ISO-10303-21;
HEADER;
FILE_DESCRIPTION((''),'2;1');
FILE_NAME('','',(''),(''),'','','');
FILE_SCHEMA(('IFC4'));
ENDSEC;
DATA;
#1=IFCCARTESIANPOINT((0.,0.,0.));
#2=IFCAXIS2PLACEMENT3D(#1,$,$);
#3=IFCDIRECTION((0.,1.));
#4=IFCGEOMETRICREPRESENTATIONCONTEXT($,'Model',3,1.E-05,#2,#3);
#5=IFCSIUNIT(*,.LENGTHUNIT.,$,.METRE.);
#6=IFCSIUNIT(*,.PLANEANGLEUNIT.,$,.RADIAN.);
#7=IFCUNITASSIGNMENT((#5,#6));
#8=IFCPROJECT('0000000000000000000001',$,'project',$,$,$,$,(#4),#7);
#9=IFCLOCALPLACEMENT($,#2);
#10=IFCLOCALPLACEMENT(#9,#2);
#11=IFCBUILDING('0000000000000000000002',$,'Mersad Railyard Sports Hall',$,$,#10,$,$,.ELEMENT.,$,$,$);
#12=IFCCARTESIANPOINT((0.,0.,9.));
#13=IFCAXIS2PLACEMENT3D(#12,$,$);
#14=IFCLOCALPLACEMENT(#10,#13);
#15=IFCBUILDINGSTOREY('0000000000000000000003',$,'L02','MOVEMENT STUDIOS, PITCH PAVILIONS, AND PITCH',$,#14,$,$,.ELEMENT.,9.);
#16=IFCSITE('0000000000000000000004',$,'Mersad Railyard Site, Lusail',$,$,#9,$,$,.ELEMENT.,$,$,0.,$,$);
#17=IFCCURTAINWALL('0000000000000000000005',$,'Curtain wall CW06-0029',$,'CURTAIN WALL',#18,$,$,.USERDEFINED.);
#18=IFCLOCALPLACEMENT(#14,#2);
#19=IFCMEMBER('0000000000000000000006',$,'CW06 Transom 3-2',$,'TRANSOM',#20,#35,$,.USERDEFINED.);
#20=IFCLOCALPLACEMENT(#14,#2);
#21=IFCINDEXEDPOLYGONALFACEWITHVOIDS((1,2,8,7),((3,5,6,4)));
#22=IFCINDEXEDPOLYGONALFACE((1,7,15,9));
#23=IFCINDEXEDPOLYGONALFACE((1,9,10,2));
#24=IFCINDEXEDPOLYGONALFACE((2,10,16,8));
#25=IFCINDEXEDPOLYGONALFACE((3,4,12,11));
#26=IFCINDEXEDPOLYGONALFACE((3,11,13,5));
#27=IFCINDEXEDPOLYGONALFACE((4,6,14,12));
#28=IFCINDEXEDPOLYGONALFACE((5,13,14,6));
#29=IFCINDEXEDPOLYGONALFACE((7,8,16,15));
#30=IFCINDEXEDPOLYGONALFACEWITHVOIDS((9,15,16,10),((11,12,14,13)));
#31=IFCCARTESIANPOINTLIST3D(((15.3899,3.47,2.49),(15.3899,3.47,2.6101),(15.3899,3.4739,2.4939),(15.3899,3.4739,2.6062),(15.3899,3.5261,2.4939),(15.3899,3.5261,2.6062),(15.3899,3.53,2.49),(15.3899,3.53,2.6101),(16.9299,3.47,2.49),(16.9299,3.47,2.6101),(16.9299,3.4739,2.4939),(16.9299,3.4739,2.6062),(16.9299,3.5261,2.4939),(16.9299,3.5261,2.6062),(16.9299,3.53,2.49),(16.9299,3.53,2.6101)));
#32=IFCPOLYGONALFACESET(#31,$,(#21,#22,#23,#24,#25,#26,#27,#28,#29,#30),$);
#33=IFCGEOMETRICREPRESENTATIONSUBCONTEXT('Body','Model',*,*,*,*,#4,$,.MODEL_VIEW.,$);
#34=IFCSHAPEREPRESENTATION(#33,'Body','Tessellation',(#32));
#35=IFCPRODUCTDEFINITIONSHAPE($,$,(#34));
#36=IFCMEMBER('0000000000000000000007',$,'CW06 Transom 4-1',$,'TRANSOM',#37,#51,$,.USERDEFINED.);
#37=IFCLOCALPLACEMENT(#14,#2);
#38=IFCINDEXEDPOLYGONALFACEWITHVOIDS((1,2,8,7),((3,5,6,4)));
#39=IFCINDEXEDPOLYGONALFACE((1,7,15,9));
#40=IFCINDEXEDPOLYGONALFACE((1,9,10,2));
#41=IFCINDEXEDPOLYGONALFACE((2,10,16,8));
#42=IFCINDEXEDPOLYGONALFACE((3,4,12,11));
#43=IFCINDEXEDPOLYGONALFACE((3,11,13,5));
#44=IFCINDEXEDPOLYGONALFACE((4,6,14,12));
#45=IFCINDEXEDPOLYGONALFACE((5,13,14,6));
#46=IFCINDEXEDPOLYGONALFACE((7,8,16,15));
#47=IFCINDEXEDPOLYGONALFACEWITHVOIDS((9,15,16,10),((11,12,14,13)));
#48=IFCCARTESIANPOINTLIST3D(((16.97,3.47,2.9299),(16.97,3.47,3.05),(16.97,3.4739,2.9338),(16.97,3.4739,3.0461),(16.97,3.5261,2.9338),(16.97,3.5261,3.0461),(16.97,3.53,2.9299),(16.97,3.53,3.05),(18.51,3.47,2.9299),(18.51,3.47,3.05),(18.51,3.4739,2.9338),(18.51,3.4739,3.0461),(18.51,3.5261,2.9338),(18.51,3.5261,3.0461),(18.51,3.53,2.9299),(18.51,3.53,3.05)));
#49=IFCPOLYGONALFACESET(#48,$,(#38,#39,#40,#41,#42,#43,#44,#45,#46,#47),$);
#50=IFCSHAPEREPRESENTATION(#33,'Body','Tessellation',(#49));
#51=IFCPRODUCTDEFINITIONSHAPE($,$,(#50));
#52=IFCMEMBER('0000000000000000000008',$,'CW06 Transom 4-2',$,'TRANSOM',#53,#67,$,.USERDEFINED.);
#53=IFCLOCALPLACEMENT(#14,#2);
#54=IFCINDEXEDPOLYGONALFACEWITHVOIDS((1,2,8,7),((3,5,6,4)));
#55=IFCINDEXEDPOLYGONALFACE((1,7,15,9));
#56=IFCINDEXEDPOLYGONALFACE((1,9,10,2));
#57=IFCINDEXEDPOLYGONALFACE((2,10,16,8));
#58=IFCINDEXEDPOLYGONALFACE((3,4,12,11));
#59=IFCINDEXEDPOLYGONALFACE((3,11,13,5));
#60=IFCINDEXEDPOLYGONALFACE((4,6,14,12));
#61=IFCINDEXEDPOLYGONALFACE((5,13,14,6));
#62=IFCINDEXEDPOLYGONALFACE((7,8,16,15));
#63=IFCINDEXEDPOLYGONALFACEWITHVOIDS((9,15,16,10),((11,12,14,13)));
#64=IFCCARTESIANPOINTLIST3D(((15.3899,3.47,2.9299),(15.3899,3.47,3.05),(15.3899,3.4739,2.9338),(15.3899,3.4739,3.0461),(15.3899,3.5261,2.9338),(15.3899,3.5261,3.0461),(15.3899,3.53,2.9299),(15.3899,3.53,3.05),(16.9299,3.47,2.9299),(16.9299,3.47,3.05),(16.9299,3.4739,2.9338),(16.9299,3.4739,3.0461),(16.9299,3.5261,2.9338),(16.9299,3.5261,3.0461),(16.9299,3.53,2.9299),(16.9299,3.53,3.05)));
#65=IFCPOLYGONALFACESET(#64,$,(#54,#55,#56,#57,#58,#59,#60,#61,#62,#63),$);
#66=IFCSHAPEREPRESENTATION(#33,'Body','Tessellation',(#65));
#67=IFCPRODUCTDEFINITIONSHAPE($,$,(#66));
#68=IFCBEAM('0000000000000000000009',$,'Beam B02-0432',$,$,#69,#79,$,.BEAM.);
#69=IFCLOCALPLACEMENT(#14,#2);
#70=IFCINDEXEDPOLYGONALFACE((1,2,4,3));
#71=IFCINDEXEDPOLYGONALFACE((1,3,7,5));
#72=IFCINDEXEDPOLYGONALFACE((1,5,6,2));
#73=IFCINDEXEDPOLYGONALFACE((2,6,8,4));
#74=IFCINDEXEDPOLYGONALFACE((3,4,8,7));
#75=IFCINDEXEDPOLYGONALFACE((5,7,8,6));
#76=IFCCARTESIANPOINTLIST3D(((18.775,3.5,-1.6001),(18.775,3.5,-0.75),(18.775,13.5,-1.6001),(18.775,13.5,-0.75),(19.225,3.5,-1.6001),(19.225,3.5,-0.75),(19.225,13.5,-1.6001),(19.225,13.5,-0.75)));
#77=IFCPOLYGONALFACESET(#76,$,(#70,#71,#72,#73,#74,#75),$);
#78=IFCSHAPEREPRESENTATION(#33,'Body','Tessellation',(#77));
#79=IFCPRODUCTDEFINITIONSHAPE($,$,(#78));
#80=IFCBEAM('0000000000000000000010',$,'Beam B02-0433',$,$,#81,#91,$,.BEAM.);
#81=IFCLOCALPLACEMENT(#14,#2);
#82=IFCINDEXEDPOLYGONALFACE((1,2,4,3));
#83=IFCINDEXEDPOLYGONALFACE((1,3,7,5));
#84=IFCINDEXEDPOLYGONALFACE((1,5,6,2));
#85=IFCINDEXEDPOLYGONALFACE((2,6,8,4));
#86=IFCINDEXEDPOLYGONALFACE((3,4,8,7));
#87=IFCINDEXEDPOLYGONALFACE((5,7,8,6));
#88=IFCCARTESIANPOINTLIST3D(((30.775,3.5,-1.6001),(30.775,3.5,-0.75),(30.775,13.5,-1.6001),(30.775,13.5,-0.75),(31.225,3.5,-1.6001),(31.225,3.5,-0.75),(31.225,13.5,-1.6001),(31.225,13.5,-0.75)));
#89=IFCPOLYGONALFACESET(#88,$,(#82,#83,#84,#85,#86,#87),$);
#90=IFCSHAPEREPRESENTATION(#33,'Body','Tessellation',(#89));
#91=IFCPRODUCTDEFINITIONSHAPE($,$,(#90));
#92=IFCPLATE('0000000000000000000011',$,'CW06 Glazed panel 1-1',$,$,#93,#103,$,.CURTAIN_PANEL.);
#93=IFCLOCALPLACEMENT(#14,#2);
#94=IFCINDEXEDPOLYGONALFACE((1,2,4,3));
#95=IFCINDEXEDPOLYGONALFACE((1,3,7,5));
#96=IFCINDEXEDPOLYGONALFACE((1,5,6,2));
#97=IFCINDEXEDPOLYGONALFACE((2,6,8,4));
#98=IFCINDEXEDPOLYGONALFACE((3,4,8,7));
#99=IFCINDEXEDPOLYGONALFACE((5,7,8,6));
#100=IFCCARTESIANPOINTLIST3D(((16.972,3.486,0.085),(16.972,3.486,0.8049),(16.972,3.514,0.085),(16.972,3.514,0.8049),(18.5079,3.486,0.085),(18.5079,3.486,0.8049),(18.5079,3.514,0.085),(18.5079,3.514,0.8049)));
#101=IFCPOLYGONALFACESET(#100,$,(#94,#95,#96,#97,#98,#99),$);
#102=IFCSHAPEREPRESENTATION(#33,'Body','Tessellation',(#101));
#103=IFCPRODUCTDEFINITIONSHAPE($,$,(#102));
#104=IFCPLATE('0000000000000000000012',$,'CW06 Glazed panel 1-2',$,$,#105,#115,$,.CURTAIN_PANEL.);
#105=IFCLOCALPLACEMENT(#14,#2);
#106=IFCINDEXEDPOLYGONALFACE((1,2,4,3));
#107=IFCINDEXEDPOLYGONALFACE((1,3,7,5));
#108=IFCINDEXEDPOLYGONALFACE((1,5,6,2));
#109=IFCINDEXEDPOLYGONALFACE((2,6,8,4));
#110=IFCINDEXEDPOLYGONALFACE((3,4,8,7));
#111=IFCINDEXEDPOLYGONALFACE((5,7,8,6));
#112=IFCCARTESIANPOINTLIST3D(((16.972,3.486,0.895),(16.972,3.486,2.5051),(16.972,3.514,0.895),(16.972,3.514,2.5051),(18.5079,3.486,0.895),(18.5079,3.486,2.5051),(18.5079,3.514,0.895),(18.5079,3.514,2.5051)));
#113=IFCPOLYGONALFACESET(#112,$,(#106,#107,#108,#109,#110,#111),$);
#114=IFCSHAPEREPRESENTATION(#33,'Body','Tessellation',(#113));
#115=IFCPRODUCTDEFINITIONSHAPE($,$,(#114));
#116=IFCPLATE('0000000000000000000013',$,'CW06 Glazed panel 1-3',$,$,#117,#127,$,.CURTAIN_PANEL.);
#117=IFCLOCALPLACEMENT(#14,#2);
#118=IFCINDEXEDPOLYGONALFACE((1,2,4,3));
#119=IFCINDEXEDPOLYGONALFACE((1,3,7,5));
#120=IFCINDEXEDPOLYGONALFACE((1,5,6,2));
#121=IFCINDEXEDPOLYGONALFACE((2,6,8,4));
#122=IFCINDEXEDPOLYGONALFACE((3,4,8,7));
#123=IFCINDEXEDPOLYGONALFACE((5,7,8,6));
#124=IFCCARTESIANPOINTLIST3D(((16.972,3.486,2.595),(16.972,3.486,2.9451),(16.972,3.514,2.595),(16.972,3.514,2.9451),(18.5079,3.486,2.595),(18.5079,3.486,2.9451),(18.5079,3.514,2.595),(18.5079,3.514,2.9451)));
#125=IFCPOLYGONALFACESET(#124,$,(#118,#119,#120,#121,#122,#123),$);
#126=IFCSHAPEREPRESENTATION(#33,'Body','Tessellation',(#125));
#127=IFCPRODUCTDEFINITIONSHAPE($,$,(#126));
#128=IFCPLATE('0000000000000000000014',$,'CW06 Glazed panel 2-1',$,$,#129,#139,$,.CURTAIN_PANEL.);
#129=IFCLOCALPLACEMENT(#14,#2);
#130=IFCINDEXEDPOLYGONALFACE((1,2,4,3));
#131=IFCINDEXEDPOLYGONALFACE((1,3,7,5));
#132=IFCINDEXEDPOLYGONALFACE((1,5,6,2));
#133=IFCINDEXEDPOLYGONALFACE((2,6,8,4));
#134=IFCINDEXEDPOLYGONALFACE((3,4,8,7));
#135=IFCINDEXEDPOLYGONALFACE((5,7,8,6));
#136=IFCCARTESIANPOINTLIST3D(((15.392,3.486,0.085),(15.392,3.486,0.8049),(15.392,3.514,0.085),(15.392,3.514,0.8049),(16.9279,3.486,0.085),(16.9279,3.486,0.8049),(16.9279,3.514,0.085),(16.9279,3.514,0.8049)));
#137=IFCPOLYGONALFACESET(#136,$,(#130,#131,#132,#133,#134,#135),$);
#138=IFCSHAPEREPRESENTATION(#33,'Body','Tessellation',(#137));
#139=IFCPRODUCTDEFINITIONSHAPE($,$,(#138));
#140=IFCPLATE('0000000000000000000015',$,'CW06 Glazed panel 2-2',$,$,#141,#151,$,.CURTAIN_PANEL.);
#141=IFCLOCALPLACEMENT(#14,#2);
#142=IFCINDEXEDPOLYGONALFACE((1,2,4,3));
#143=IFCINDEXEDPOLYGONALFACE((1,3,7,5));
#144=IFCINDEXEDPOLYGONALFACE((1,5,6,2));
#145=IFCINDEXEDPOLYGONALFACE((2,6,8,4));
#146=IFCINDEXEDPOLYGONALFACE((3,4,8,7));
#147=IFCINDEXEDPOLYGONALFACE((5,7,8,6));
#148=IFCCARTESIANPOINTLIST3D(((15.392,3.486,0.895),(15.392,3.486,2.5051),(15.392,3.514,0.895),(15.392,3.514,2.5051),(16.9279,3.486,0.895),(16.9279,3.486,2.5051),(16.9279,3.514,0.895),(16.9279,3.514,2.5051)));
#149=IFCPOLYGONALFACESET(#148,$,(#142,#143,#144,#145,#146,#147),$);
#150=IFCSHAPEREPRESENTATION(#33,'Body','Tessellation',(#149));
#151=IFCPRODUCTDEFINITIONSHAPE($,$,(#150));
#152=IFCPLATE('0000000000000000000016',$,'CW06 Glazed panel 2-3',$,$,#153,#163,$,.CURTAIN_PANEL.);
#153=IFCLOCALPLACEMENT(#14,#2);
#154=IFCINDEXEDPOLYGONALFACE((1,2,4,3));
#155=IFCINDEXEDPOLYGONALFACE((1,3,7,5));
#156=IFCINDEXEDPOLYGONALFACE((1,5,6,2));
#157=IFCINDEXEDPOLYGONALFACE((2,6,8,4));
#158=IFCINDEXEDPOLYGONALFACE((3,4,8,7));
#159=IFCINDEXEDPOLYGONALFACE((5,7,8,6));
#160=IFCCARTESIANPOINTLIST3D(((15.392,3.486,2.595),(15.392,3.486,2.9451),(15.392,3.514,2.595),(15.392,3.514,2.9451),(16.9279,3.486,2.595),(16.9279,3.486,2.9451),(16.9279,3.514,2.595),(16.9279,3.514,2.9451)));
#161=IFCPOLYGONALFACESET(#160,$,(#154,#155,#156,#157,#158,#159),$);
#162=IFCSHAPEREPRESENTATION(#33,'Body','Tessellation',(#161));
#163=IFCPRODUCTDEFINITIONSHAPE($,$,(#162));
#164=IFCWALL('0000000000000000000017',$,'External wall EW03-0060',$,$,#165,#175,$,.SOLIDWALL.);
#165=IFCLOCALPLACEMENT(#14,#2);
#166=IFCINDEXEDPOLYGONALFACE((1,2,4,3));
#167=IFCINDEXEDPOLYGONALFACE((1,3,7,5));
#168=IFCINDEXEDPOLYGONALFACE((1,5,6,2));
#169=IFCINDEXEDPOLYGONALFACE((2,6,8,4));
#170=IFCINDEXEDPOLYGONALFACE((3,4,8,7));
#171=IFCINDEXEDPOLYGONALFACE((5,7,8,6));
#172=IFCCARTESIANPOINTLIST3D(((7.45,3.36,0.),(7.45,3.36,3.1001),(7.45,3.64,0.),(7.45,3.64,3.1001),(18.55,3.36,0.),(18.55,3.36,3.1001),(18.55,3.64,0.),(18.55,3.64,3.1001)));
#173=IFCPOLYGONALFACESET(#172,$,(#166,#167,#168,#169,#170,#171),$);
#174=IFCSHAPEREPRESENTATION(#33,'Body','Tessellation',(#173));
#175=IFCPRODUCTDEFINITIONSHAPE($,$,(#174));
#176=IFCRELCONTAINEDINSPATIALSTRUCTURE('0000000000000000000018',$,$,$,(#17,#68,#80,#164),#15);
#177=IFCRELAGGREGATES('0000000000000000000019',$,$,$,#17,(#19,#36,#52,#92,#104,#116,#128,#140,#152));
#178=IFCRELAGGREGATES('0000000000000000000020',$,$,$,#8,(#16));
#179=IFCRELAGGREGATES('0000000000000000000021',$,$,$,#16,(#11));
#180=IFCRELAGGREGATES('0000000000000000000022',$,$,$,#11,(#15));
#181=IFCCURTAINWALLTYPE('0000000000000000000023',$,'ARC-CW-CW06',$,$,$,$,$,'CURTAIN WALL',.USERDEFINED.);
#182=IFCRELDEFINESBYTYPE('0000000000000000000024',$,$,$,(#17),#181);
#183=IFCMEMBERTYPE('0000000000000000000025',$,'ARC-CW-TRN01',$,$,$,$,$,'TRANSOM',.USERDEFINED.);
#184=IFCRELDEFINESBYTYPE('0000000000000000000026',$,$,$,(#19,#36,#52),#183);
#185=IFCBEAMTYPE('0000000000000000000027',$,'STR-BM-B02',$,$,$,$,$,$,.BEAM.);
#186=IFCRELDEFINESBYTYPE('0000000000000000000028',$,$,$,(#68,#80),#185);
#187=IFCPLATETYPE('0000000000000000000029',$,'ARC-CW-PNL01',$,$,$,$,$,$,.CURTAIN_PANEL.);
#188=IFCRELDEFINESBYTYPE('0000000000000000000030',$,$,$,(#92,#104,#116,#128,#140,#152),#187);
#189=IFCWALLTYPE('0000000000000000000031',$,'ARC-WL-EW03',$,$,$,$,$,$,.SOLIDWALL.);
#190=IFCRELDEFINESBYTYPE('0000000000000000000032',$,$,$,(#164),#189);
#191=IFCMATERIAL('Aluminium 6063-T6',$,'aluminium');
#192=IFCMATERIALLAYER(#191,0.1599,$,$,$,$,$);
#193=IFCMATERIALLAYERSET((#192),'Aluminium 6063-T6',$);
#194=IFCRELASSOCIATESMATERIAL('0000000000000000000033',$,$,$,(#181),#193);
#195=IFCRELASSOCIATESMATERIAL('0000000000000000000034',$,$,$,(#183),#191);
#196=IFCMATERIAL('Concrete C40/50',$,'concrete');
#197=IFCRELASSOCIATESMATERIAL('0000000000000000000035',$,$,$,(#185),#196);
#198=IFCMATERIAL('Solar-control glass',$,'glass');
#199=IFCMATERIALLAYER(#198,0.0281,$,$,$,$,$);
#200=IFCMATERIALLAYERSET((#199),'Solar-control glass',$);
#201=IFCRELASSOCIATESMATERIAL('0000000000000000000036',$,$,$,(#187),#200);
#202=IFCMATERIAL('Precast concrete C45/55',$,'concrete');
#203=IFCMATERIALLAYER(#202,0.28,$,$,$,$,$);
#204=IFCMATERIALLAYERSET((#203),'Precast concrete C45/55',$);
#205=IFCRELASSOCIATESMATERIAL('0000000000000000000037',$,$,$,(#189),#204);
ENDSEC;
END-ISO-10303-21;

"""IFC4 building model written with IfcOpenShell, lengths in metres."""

from ifc_helpers import new_model, si_unit, direction, frame, frame_2d, origin, origin_2d, place, context, subcontext, project, spatial, rectangle, hollow_rectangle, extrude, material, layer, layer_set, material_profile, profile_set, type_object, element, aggregate, save


model = new_model("IFC4")

# Units and contexts
model_context = context("Model", 3, precision=1e-05, world=origin(), true_north=direction((0.0, 1.0)))
body_context = subcontext(model_context, "Body", "Model", "MODEL_VIEW")
ifc_project = project(units=[si_unit("LENGTHUNIT", "METRE"), si_unit("PLANEANGLEUNIT", "RADIAN")], contexts=[model_context])

# Site, building, storey
site_placement = place(None, origin())
site = spatial("IfcSite", under=ifc_project, at=site_placement, Name="Mersad Railyard Site, Lusail", CompositionType="ELEMENT", RefElevation=0.0)
building_placement = place(site_placement, origin())
building = spatial("IfcBuilding", under=site, at=building_placement, Name="Mersad Railyard Sports Hall", CompositionType="ELEMENT")
storey_placement = place(building_placement, frame((0.0, 0.0, 9.0)))
storey = spatial("IfcBuildingStorey", under=building, at=storey_placement, Name="L02", Description="MOVEMENT STUDIOS, PITCH PAVILIONS, AND PITCH", CompositionType="ELEMENT", Elevation=9.0)

# Curtain wall, members
ifc_material_1 = material(Name="Aluminium 6063-T6", Category="aluminium")
ifc_layer_1 = layer(ifc_material_1, 0.1599)
ifc_layer_set_1 = layer_set([ifc_layer_1], Name="Aluminium 6063-T6")
curtain_wall_type = type_object("IfcCurtainWallType", Name="ARC-CW-CW06", ElementType="CURTAIN WALL", PredefinedType="USERDEFINED", material=ifc_layer_set_1)
curtain_wall_placement = place(storey_placement, origin())
curtain_wall = element("IfcCurtainWall", 1, at=curtain_wall_placement, inside=storey, type_object=curtain_wall_type, Name="Curtain wall CW06-0029", ObjectType="CURTAIN WALL", PredefinedType="USERDEFINED")
ifc_material_profile_1 = material_profile(ifc_material_1, hollow_rectangle(XDim=0.0601, YDim=0.1201, WallThickness=0.0039, at=origin_2d()), Name="AL TRANSOM 60x120x4")
ifc_profile_set_1 = profile_set([ifc_material_profile_1], Name="Aluminium 6063-T6")
member_type_1 = type_object("IfcMemberType", Name="ARC-CW-TRN01", ElementType="TRANSOM", PredefinedType="USERDEFINED", material=ifc_profile_set_1)
member_1_placement = place(storey_placement, frame((16.9299, 3.5, 2.55), z_axis=(-1.0, 0.0, 0.0), x_axis=(0.0, -1.0, 0.0)))
member_1 = element("IfcMember", 2, at=member_1_placement, type_object=member_type_1, Name="CW06 Transom 3-2", ObjectType="TRANSOM", PredefinedType="USERDEFINED", context=body_context, shape_type="SweptSolid", body=[
    extrude(hollow_rectangle(XDim=0.0601, YDim=0.1201, WallThickness=0.0039, at=origin_2d()), origin(), (0.0, 0.0, 1.0), 1.54),
])
member_2_placement = place(storey_placement, frame((18.51, 3.5, 2.99), z_axis=(-1.0, 0.0, 0.0), x_axis=(0.0, -1.0, 0.0)))
member_2 = element("IfcMember", 3, at=member_2_placement, type_object=member_type_1, Name="CW06 Transom 4-1", ObjectType="TRANSOM", PredefinedType="USERDEFINED", context=body_context, shape_type="SweptSolid", body=[
    extrude(hollow_rectangle(XDim=0.0601, YDim=0.1201, WallThickness=0.0039, at=origin_2d()), origin(), (0.0, 0.0, 1.0), 1.54),
])
member_3_placement = place(storey_placement, frame((16.9299, 3.5, 2.99), z_axis=(-1.0, 0.0, 0.0), x_axis=(0.0, -1.0, 0.0)))
member_3 = element("IfcMember", 4, at=member_3_placement, type_object=member_type_1, Name="CW06 Transom 4-2", ObjectType="TRANSOM", PredefinedType="USERDEFINED", context=body_context, shape_type="SweptSolid", body=[
    extrude(hollow_rectangle(XDim=0.0601, YDim=0.1201, WallThickness=0.0039, at=origin_2d()), origin(), (0.0, 0.0, 1.0), 1.54),
])

# Beams
ifc_material_2 = material(Name="Concrete C40/50", Category="concrete")
ifc_material_profile_2 = material_profile(ifc_material_2, rectangle(XDim=0.45, YDim=0.8501, at=origin_2d()), Name="RC 450x850")
ifc_profile_set_2 = profile_set([ifc_material_profile_2], Name="Concrete C40/50")
beam_type = type_object("IfcBeamType", Name="STR-BM-B02", PredefinedType="BEAM", material=ifc_profile_set_2)
for number, where, z_axis, x_axis, name in (
    (5, (19.0, 3.5, -1.175), (0.0, 1.0, 0.0), (-1.0, 0.0, 0.0), "Beam B02-0432"),
    (6, (31.0, 3.5, -1.175), (0.0, 1.0, 0.0), (-1.0, 0.0, 0.0), "Beam B02-0433"),
):
    element("IfcBeam", number, at=place(storey_placement, frame(where, z_axis=z_axis, x_axis=x_axis)), inside=storey, type_object=beam_type, Name=name, PredefinedType="BEAM", context=body_context, shape_type="SweptSolid", body=[
        extrude(rectangle(XDim=0.45, YDim=0.8501, at=origin_2d()), origin(), (0.0, 0.0, 1.0), 10.0),
    ])

# Plates
ifc_material_3 = material(Name="Solar-control glass", Category="glass")
ifc_layer_2 = layer(ifc_material_3, 0.0281)
ifc_layer_set_2 = layer_set([ifc_layer_2], Name="Solar-control glass")
plate_type = type_object("IfcPlateType", Name="ARC-CW-PNL01", PredefinedType="CURTAIN_PANEL", material=ifc_layer_set_2)
plate_1_placement = place(storey_placement, frame((17.74, 3.5, 0.085), z_axis=(0.0, 0.0, 1.0), x_axis=(-1.0, 0.0, 0.0)))
plate_1 = element("IfcPlate", 7, at=plate_1_placement, type_object=plate_type, Name="CW06 Glazed panel 1-1", PredefinedType="CURTAIN_PANEL", context=body_context, shape_type="SweptSolid", body=[
    extrude(rectangle(XDim=1.5359, YDim=0.0281, at=origin_2d()), origin(), (0.0, 0.0, 1.0), 0.72),
])
plate_2_placement = place(storey_placement, frame((17.74, 3.5, 0.895), z_axis=(0.0, 0.0, 1.0), x_axis=(-1.0, 0.0, 0.0)))
plate_2 = element("IfcPlate", 8, at=plate_2_placement, type_object=plate_type, Name="CW06 Glazed panel 1-2", PredefinedType="CURTAIN_PANEL", context=body_context, shape_type="SweptSolid", body=[
    extrude(rectangle(XDim=1.5359, YDim=0.0281, at=origin_2d()), origin(), (0.0, 0.0, 1.0), 1.6101),
])
plate_3_placement = place(storey_placement, frame((17.74, 3.5, 2.595), z_axis=(0.0, 0.0, 1.0), x_axis=(-1.0, 0.0, 0.0)))
plate_3 = element("IfcPlate", 9, at=plate_3_placement, type_object=plate_type, Name="CW06 Glazed panel 1-3", PredefinedType="CURTAIN_PANEL", context=body_context, shape_type="SweptSolid", body=[
    extrude(rectangle(XDim=1.5359, YDim=0.0281, at=origin_2d()), origin(), (0.0, 0.0, 1.0), 0.3501),
])
plate_4_placement = place(storey_placement, frame((16.1599, 3.5, 0.085), z_axis=(0.0, 0.0, 1.0), x_axis=(-1.0, 0.0, 0.0)))
plate_4 = element("IfcPlate", 10, at=plate_4_placement, type_object=plate_type, Name="CW06 Glazed panel 2-1", PredefinedType="CURTAIN_PANEL", context=body_context, shape_type="SweptSolid", body=[
    extrude(rectangle(XDim=1.5359, YDim=0.0281, at=origin_2d()), origin(), (0.0, 0.0, 1.0), 0.72),
])
plate_5_placement = place(storey_placement, frame((16.1599, 3.5, 0.895), z_axis=(0.0, 0.0, 1.0), x_axis=(-1.0, 0.0, 0.0)))
plate_5 = element("IfcPlate", 11, at=plate_5_placement, type_object=plate_type, Name="CW06 Glazed panel 2-2", PredefinedType="CURTAIN_PANEL", context=body_context, shape_type="SweptSolid", body=[
    extrude(rectangle(XDim=1.5359, YDim=0.0281, at=origin_2d()), origin(), (0.0, 0.0, 1.0), 1.6101),
])
plate_6_placement = place(storey_placement, frame((16.1599, 3.5, 2.595), z_axis=(0.0, 0.0, 1.0), x_axis=(-1.0, 0.0, 0.0)))
plate_6 = element("IfcPlate", 12, at=plate_6_placement, type_object=plate_type, Name="CW06 Glazed panel 2-3", PredefinedType="CURTAIN_PANEL", context=body_context, shape_type="SweptSolid", body=[
    extrude(rectangle(XDim=1.5359, YDim=0.0281, at=origin_2d()), origin(), (0.0, 0.0, 1.0), 0.3501),
])
aggregate(curtain_wall, [member_1, member_2, member_3, plate_1, plate_2, plate_3, plate_4, plate_5, plate_6])

# Wall
ifc_material_4 = material(Name="Precast concrete C45/55", Category="concrete")
ifc_layer_3 = layer(ifc_material_4, 0.28)
ifc_layer_set_3 = layer_set([ifc_layer_3], Name="Precast concrete C45/55")
wall_type = type_object("IfcWallType", Name="ARC-WL-EW03", PredefinedType="SOLIDWALL", material=ifc_layer_set_3)
wall_placement = place(storey_placement, frame((18.55, 3.5, 0.0), z_axis=(0.0, 0.0, 1.0), x_axis=(-1.0, 0.0, 0.0)))
element("IfcWall", 13, at=wall_placement, inside=storey, type_object=wall_type, Name="External wall EW03-0060", PredefinedType="SOLIDWALL", context=body_context, shape_type="SweptSolid", body=[
    extrude(rectangle(XDim=11.1001, YDim=0.28, at=frame_2d((5.55, 0.0))), origin(), (0.0, 0.0, 1.0), 3.1001),
])

save(model, "model.ifc")
